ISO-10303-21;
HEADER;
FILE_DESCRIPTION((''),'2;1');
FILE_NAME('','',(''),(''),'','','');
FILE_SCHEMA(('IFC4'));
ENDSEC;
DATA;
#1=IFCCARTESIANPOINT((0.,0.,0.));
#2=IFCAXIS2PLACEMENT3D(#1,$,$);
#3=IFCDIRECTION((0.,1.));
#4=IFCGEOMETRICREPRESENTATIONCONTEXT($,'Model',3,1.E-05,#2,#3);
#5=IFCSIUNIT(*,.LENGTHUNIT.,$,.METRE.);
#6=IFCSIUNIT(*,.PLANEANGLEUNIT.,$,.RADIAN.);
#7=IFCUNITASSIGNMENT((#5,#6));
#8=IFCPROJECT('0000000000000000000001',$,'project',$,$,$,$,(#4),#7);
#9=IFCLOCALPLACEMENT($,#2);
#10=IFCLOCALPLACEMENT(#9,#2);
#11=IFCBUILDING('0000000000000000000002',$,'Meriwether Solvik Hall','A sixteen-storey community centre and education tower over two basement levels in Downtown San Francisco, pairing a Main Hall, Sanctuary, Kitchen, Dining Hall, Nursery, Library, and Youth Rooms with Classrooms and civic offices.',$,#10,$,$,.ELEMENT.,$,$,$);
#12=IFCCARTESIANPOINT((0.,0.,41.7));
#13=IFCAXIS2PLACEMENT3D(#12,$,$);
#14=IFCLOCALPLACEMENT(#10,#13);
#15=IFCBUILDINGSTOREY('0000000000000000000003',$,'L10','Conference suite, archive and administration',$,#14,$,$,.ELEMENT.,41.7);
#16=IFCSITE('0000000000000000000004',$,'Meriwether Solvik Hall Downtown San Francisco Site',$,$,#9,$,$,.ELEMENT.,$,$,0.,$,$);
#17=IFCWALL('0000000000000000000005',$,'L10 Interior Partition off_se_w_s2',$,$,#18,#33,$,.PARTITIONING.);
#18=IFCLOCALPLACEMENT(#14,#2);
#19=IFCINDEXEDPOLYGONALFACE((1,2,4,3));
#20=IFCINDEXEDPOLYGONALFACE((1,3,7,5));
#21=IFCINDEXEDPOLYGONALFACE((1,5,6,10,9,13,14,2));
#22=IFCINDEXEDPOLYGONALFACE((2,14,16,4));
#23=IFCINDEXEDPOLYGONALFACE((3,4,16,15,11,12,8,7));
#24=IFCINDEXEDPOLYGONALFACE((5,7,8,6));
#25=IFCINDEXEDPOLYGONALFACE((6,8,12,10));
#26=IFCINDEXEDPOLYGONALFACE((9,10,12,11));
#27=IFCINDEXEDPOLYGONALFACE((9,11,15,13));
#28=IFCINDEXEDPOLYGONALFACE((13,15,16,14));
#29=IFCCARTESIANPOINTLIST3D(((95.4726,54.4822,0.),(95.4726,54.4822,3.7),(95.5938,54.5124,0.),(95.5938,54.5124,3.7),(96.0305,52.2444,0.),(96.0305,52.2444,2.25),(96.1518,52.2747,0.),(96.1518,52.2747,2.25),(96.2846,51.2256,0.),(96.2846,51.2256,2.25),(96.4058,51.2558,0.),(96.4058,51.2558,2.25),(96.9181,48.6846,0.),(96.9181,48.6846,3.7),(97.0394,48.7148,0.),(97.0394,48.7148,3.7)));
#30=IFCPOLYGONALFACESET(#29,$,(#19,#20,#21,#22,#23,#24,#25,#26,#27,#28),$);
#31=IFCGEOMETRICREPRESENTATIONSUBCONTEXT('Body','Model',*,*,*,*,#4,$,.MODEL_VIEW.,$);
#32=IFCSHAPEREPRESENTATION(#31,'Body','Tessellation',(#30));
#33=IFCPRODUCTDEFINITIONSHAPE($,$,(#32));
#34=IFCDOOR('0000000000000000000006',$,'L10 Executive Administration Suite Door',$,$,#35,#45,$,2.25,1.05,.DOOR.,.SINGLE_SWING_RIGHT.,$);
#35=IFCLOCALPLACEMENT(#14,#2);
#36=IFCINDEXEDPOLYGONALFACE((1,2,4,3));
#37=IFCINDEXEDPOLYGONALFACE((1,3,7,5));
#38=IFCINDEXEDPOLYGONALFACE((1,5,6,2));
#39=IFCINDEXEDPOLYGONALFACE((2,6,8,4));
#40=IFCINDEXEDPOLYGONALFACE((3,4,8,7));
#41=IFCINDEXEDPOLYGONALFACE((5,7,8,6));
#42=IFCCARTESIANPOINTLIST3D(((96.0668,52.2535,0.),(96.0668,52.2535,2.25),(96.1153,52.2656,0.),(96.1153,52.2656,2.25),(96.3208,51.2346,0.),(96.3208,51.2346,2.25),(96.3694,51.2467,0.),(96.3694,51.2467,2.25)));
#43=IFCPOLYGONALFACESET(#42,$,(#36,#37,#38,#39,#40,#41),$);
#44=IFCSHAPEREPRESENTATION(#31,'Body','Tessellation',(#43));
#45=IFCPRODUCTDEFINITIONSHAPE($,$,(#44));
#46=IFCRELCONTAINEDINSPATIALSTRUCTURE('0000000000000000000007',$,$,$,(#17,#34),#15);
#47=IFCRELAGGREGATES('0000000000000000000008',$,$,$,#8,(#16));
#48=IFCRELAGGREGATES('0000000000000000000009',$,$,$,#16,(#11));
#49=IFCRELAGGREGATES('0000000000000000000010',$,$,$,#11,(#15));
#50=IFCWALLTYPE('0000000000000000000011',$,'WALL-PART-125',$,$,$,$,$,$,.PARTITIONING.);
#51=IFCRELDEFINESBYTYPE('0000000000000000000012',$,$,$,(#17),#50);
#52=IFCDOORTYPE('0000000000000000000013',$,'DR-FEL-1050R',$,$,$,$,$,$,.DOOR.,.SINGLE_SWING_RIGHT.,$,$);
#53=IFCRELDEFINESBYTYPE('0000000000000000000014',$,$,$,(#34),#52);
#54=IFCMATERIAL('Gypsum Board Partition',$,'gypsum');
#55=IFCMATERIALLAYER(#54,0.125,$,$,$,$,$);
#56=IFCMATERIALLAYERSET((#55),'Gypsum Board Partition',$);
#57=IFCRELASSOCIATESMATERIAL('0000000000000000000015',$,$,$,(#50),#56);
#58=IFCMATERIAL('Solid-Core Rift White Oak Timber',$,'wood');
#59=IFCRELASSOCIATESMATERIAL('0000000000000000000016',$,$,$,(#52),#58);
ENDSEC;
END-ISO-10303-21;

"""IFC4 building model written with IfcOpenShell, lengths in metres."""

from ifc_helpers import new_model, si_unit, direction, frame, frame_2d, origin, place, context, subcontext, project, spatial, rectangle, extrude, material, layer, layer_set, type_object, element, fill, save


model = new_model("IFC4")

# Units and contexts
model_context = context("Model", 3, precision=1e-05, world=origin(), true_north=direction((0.0, 1.0)))
body_context = subcontext(model_context, "Body", "Model", "MODEL_VIEW")
ifc_project = project(units=[si_unit("LENGTHUNIT", "METRE"), si_unit("PLANEANGLEUNIT", "RADIAN")], contexts=[model_context])

# Site, building, storey
site_placement = place(None, origin())
site = spatial("IfcSite", under=ifc_project, at=site_placement, Name="Meriwether Solvik Hall Downtown San Francisco Site", CompositionType="ELEMENT", RefElevation=0.0)
building_placement = place(site_placement, origin())
building = spatial("IfcBuilding", under=site, at=building_placement, Name="Meriwether Solvik Hall", Description="A sixteen-storey community centre and education tower over two basement levels in Downtown San Francisco, pairing a Main Hall, Sanctuary, Kitchen, Dining Hall, Nursery, Library, and Youth Rooms with Classrooms and civic offices.", CompositionType="ELEMENT")
storey_placement = place(building_placement, frame((0.0, 0.0, 41.7)))
storey = spatial("IfcBuildingStorey", under=building, at=storey_placement, Name="L10", Description="Conference suite, archive and administration", CompositionType="ELEMENT", Elevation=41.7)

# Wall, opening, door
ifc_material_1 = material(Name="Gypsum Board Partition", Category="gypsum")
ifc_layer_1 = layer(ifc_material_1, 0.125)
ifc_layer_set_1 = layer_set([ifc_layer_1], Name="Gypsum Board Partition")
wall_type = type_object("IfcWallType", Name="WALL-PART-125", PredefinedType="PARTITIONING", material=ifc_layer_set_1)
wall_placement = place(storey_placement, frame((95.5332, 54.4973, 0.0), z_axis=(0.0, 0.0, 1.0), x_axis=(0.24193, -0.970294, 0.0)))
wall = element("IfcWall", 1, at=wall_placement, inside=storey, type_object=wall_type, Name="L10 Interior Partition off_se_w_s2", PredefinedType="PARTITIONING", context=body_context, shape_type="SweptSolid", body=[
    extrude(rectangle(XDim=5.9751, YDim=0.125, at=frame_2d((2.9875, 0.0))), origin(), (0.0, 0.0, 1.0), 3.7),
])
opening_placement = place(wall_placement, frame((2.3064, 0.0, 0.0)))
opening = element("IfcOpeningElement", 2, at=opening_placement, cuts=wall, PredefinedType="OPENING", context=body_context, shape_type="SweptSolid", body=[
    extrude(rectangle(XDim=1.05, YDim=2.25, at=frame_2d((0.5249, 1.125))), frame((0.0, 0.0745, 0.0), z_axis=(0.0, -1.0, 0.0), x_axis=(1.0, 0.0, 0.0)), (0.0, 0.0, 1.0), 0.1489),
])
ifc_material_2 = material(Name="Solid-Core Rift White Oak Timber", Category="wood")
door_type = type_object("IfcDoorType", Name="DR-FEL-1050R", OperationType="SINGLE_SWING_RIGHT", PredefinedType="DOOR", material=ifc_material_2)
door_placement = place(opening_placement, origin())
door = element("IfcDoor", 3, at=door_placement, inside=storey, type_object=door_type, Name="L10 Executive Administration Suite Door", OperationType="SINGLE_SWING_RIGHT", OverallHeight=2.25, OverallWidth=1.05, PredefinedType="DOOR", context=body_context, shape_type="SweptSolid", body=[
    extrude(rectangle(XDim=1.05, YDim=2.25, at=frame_2d((0.5249, 1.125))), frame((0.0, 0.0249, 0.0), z_axis=(0.0, -1.0, 0.0), x_axis=(1.0, 0.0, 0.0)), (0.0, 0.0, 1.0), 0.05),
])
fill(opening, door)

save(model, "model.ifc")
